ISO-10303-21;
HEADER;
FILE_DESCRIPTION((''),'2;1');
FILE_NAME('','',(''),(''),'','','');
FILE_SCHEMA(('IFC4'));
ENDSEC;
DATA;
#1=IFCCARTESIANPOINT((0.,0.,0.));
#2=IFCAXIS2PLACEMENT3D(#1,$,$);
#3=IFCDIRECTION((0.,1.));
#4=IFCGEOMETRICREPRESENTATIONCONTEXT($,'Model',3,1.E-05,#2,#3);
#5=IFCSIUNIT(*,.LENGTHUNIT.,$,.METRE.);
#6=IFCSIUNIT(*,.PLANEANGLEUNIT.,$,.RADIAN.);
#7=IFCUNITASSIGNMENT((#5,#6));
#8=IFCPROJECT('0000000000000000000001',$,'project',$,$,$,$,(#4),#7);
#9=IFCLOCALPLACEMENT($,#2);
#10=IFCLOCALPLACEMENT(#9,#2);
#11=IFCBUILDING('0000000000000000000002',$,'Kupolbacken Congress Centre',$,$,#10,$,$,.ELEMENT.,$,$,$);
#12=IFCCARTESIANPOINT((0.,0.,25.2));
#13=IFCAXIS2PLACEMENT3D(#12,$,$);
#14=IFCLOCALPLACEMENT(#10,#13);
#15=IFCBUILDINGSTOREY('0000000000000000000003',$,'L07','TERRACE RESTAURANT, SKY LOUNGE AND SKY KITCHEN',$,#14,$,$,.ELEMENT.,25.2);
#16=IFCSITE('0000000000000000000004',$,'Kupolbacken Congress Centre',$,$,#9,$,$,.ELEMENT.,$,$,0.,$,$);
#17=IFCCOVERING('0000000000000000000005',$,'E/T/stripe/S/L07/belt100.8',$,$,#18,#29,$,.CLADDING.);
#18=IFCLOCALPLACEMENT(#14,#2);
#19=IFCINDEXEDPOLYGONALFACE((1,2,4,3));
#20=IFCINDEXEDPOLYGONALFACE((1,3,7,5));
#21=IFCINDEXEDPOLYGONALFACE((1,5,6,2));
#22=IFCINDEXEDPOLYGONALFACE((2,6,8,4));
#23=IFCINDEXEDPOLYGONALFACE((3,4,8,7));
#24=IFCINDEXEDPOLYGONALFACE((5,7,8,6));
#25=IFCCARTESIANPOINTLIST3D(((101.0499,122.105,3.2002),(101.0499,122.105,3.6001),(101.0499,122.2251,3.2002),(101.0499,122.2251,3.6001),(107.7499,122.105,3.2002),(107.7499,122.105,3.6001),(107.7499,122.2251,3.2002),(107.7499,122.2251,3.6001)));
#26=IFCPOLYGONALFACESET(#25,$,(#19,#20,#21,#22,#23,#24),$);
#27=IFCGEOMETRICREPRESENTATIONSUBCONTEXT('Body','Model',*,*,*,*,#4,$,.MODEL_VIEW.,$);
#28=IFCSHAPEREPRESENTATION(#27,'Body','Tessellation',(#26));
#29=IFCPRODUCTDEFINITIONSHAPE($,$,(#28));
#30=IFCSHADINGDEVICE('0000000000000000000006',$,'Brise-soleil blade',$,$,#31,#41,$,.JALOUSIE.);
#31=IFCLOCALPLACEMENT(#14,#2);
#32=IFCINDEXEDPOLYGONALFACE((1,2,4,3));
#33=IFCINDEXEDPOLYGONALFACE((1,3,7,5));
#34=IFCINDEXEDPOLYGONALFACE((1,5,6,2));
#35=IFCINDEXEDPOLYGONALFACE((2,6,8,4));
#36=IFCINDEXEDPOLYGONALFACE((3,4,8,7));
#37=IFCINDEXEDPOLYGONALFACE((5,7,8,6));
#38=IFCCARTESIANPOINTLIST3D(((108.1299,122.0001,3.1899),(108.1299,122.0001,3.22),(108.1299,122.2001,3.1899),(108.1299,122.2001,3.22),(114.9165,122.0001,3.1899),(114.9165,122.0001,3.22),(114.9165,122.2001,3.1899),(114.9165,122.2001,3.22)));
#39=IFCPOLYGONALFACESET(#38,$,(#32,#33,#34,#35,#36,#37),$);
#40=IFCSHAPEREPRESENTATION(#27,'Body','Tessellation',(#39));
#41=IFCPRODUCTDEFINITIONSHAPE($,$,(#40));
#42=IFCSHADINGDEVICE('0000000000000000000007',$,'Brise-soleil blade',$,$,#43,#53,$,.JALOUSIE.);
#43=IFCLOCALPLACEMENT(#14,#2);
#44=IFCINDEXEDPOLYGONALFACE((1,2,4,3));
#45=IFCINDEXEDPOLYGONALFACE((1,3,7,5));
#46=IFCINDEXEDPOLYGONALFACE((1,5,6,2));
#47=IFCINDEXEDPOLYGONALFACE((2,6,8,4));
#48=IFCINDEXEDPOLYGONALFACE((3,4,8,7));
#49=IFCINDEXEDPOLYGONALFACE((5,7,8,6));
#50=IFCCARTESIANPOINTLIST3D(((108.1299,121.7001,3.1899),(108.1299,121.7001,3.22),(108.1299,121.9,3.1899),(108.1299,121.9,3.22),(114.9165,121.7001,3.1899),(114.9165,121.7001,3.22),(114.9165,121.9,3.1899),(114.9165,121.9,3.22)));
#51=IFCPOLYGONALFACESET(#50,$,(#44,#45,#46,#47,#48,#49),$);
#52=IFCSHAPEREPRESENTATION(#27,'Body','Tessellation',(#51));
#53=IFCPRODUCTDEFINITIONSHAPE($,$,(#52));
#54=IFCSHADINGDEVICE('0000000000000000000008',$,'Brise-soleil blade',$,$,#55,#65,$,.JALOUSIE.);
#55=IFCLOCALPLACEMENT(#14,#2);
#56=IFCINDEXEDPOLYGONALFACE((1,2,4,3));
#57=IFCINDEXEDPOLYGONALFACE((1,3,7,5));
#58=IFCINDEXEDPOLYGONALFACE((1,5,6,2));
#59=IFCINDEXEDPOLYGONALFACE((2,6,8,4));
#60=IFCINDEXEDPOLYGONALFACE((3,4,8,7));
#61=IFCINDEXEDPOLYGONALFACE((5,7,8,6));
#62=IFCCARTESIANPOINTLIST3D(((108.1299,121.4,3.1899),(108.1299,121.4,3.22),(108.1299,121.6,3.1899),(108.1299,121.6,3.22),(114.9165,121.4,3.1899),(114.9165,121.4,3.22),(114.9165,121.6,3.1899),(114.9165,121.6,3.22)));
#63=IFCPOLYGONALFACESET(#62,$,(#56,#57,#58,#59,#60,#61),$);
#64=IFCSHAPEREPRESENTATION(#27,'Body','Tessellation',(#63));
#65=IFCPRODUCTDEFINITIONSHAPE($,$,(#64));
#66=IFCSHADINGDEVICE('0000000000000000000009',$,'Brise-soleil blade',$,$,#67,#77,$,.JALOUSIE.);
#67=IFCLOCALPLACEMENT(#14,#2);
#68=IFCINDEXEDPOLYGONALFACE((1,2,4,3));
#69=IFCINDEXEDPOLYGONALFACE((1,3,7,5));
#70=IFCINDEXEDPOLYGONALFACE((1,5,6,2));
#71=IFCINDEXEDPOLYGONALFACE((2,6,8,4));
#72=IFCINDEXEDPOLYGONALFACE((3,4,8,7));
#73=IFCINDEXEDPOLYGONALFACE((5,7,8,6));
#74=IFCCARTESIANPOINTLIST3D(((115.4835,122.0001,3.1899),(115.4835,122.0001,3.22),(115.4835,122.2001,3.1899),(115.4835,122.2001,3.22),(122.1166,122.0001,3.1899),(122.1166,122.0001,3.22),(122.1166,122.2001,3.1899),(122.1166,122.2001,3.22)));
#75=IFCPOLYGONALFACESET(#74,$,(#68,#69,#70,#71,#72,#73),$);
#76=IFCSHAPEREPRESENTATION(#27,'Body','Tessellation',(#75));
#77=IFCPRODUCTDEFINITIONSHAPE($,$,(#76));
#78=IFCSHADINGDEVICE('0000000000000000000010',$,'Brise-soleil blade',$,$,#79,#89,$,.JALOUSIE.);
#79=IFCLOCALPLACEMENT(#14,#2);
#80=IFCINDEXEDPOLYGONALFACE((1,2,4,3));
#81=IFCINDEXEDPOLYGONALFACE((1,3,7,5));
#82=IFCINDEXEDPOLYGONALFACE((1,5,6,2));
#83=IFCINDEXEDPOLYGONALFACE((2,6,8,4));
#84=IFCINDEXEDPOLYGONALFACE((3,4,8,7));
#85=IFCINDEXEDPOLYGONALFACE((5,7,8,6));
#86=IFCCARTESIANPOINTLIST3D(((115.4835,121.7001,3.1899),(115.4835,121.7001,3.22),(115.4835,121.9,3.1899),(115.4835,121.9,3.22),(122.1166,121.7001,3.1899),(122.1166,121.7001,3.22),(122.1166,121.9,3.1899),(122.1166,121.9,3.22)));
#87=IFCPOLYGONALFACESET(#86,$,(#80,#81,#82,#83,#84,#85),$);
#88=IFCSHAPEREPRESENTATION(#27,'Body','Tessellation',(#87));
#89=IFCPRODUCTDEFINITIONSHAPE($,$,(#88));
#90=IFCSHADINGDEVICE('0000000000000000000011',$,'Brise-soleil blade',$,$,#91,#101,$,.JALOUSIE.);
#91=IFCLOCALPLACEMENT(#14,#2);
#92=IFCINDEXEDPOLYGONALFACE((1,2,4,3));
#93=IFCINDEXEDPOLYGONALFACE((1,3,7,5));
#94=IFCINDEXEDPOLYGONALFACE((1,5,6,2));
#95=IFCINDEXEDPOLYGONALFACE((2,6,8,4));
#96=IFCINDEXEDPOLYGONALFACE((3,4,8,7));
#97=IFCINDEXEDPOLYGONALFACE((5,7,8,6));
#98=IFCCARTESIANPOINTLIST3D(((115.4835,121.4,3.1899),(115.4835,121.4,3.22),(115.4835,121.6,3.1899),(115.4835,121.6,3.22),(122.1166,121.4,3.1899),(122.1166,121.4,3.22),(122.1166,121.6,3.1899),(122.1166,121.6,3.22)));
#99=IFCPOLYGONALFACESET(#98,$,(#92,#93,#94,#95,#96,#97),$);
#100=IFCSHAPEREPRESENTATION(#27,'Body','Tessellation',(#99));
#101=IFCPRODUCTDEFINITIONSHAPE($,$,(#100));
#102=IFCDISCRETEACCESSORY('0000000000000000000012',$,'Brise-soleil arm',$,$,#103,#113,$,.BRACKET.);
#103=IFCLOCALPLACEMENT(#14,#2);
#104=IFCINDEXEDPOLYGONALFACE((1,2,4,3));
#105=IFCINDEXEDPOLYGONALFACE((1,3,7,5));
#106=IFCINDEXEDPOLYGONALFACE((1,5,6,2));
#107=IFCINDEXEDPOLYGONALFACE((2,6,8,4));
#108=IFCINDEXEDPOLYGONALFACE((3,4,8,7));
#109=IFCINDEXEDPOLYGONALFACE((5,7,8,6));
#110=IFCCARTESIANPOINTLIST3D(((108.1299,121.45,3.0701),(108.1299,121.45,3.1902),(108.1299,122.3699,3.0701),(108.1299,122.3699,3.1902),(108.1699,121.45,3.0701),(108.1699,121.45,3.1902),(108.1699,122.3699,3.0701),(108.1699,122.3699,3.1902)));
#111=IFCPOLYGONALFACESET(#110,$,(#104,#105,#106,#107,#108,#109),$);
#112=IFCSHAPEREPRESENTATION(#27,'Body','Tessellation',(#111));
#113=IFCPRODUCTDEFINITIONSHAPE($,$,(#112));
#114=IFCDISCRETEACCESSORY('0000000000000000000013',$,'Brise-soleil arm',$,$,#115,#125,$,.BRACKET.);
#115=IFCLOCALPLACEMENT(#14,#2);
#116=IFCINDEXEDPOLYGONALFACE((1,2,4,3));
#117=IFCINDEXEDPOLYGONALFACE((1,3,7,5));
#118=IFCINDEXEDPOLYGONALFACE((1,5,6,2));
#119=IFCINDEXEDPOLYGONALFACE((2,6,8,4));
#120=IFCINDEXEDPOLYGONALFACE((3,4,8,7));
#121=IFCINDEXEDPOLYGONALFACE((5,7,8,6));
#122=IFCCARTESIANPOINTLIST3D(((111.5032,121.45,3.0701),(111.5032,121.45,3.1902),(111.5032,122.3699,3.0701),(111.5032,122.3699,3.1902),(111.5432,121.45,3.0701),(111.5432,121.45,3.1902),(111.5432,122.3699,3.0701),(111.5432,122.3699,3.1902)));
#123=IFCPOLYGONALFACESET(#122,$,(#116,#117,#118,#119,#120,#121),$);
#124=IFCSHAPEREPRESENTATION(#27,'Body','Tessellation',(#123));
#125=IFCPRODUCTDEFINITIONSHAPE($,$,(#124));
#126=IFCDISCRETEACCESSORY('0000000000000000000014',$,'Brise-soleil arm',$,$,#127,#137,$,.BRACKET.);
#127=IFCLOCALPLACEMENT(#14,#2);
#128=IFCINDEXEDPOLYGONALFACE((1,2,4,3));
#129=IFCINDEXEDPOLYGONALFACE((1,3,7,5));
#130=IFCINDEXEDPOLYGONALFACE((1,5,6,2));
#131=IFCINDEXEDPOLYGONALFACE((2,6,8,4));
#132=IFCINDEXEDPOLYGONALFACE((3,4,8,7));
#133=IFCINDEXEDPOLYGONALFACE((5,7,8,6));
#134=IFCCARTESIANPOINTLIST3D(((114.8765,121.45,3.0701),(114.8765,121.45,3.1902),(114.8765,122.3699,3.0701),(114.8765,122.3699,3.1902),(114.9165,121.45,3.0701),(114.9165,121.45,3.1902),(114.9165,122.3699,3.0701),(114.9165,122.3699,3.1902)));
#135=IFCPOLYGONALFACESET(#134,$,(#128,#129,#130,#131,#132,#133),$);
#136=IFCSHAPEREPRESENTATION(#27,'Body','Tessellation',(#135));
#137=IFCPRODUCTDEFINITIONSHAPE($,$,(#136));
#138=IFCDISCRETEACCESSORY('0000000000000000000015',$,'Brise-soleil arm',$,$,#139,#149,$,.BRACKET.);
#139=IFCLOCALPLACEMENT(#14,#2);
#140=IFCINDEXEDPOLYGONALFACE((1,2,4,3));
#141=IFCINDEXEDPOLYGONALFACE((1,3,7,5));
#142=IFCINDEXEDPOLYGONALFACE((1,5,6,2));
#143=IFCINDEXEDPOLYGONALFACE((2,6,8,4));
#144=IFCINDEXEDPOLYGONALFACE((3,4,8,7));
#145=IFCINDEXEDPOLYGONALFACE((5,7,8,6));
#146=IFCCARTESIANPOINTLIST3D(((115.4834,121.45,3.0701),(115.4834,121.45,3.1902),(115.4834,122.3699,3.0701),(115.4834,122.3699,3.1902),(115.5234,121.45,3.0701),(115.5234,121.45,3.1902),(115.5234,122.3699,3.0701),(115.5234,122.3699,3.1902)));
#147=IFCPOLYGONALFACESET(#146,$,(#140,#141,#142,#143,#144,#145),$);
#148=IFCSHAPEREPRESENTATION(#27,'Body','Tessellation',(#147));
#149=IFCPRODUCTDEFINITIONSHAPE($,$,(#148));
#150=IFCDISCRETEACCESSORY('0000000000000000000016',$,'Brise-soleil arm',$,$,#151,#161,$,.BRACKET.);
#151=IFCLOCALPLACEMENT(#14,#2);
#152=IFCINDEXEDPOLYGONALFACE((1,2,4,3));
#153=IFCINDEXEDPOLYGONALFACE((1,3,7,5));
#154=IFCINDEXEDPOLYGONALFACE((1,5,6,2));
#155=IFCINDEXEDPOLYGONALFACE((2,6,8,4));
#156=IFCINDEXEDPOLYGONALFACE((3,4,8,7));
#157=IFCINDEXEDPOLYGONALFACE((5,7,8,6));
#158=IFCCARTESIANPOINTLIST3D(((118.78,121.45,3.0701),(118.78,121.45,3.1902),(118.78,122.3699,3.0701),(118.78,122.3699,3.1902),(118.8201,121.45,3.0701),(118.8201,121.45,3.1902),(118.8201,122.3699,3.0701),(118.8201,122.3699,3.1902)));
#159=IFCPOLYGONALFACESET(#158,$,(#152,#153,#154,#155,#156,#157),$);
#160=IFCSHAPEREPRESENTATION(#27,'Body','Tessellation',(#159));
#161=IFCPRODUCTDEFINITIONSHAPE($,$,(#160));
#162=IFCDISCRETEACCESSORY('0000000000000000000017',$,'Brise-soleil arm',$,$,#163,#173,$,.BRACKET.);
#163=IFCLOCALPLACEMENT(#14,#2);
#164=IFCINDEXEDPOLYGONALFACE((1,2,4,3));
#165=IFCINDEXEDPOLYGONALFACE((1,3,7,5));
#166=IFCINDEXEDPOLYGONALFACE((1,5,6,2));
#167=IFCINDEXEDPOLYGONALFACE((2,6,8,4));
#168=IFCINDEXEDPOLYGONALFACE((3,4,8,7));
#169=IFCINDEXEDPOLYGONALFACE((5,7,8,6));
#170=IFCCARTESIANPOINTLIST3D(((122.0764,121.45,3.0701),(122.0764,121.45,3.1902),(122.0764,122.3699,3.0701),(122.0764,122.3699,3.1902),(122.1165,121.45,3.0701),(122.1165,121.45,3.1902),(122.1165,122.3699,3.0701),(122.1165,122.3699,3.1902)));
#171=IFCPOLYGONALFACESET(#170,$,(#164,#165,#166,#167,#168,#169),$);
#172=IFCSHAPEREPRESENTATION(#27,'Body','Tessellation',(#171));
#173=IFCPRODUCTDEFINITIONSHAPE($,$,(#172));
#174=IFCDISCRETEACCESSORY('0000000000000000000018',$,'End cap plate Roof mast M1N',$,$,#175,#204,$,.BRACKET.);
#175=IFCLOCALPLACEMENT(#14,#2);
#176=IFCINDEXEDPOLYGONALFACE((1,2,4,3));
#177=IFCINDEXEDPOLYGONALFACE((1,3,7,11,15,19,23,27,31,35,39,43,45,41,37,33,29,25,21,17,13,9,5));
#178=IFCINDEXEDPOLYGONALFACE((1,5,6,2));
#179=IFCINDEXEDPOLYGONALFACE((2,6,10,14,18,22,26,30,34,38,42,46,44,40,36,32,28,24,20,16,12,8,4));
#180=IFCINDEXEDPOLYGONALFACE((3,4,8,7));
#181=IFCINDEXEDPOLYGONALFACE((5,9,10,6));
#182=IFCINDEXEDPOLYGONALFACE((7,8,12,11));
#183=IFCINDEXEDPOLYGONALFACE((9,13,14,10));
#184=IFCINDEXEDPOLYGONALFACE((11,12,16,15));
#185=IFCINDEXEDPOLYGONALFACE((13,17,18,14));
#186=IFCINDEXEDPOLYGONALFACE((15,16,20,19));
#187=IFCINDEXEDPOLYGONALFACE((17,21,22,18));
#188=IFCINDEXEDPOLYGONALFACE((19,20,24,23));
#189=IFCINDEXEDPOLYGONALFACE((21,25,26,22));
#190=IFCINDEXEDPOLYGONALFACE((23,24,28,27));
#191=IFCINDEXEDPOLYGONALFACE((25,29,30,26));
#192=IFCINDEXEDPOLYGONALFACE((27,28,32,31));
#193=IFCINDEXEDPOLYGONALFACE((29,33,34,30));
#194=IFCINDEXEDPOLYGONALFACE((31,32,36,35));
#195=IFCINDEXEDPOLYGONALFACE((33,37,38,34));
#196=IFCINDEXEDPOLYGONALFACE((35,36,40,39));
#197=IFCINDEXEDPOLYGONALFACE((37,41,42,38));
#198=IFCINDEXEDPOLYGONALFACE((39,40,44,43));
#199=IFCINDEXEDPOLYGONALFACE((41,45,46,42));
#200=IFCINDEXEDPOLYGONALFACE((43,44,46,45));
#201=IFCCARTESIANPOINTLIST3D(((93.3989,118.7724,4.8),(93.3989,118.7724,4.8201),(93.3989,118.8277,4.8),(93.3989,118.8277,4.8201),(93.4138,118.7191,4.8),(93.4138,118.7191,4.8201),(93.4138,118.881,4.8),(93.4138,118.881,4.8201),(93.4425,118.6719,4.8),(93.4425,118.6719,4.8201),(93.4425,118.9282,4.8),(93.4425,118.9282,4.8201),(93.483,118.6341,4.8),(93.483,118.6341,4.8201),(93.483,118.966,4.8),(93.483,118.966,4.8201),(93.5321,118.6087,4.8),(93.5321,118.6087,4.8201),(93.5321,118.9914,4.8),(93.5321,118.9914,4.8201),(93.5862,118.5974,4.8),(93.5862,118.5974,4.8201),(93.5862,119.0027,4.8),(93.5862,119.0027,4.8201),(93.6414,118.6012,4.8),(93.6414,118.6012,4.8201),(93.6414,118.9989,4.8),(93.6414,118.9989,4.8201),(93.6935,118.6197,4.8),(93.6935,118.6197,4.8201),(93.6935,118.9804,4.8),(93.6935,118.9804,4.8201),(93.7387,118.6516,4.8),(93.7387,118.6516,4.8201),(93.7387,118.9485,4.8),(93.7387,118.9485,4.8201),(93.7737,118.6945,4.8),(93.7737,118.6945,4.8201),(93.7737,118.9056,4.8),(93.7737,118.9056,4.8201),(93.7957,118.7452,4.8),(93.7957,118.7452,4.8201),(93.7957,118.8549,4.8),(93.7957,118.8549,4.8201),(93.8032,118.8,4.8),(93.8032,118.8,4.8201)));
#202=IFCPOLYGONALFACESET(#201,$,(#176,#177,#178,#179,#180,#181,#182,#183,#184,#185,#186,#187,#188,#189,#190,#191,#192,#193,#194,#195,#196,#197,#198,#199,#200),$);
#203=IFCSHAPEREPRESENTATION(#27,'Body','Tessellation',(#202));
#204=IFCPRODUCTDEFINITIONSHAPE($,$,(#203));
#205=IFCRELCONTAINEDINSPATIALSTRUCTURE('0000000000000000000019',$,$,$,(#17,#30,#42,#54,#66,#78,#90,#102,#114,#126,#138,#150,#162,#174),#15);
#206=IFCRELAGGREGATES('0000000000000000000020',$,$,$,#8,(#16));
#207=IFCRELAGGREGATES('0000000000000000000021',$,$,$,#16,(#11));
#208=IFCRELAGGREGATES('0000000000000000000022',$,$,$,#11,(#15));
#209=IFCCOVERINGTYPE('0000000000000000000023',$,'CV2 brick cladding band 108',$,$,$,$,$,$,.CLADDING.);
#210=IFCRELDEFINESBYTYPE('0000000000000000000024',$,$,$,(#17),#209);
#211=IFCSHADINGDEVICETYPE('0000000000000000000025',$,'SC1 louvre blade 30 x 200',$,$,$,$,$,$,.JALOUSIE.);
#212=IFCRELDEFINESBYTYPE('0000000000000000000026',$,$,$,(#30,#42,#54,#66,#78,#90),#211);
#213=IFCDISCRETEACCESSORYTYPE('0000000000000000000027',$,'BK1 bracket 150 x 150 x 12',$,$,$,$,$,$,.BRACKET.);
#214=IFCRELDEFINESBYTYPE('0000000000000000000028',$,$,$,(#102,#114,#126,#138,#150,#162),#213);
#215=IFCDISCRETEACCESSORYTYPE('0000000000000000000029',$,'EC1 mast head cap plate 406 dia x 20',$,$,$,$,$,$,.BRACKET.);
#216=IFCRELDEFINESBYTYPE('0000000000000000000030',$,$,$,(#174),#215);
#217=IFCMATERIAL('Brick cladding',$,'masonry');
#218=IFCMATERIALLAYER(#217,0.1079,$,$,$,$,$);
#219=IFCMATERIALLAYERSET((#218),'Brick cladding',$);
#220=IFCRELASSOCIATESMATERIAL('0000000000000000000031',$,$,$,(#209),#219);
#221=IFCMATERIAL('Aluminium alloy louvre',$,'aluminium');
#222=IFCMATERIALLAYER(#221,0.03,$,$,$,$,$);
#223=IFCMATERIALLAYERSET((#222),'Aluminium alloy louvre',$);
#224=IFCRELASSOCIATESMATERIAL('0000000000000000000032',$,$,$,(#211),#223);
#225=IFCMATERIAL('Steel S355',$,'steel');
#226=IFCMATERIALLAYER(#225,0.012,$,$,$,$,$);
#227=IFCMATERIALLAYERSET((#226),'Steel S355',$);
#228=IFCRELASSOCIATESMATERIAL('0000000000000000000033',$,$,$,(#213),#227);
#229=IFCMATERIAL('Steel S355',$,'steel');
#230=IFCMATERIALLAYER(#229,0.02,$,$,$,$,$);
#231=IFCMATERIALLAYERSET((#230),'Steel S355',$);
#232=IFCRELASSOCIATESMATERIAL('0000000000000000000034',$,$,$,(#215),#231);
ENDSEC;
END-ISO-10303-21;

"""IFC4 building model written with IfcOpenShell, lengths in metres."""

from ifc_helpers import new_model, si_unit, direction, frame, origin, origin_2d, place, context, subcontext, project, spatial, rectangle, circle, extrude, material, layer, layer_set, type_object, element, save


model = new_model("IFC4")

# Units and contexts
model_context = context("Model", 3, precision=1e-05, world=origin(), true_north=direction((0.0, 1.0)))
body_context = subcontext(model_context, "Body", "Model", "MODEL_VIEW")
ifc_project = project(units=[si_unit("LENGTHUNIT", "METRE"), si_unit("PLANEANGLEUNIT", "RADIAN")], contexts=[model_context])

# Site, building, storey
site_placement = place(None, origin())
site = spatial("IfcSite", under=ifc_project, at=site_placement, Name="Kupolbacken Congress Centre", CompositionType="ELEMENT", RefElevation=0.0)
building_placement = place(site_placement, origin())
building = spatial("IfcBuilding", under=site, at=building_placement, Name="Kupolbacken Congress Centre", CompositionType="ELEMENT")
storey_placement = place(building_placement, frame((0.0, 0.0, 25.2)))
storey = spatial("IfcBuildingStorey", under=building, at=storey_placement, Name="L07", Description="TERRACE RESTAURANT, SKY LOUNGE AND SKY KITCHEN", CompositionType="ELEMENT", Elevation=25.2)

# Covering
ifc_material_1 = material(Name="Brick cladding", Category="masonry")
ifc_layer_1 = layer(ifc_material_1, 0.1079)
ifc_layer_set_1 = layer_set([ifc_layer_1], Name="Brick cladding")
covering_type_1 = type_object("IfcCoveringType", Name="CV2 brick cladding band 108", PredefinedType="CLADDING", material=ifc_layer_set_1)
for number, where, z_axis, x_axis, name in (
    (1, (104.3999, 122.165, 3.2002), (0.0, 0.0, 1.0), (1.0, 0.0, 0.0), "E/T/stripe/S/L07/belt100.8"),
):
    element("IfcCovering", number, at=place(storey_placement, frame(where, z_axis=z_axis, x_axis=x_axis)), inside=storey, type_object=covering_type_1, Name=name, PredefinedType="CLADDING", context=body_context, shape_type="SweptSolid", body=[
        extrude(rectangle(XDim=6.7, YDim=0.1201, at=origin_2d()), origin(), (0.0, 0.0, 1.0), 0.3999),
    ])

# Shading devices
ifc_material_2 = material(Name="Aluminium alloy louvre", Category="aluminium")
ifc_layer_2 = layer(ifc_material_2, 0.03)
ifc_layer_set_2 = layer_set([ifc_layer_2], Name="Aluminium alloy louvre")
shading_device_type = type_object("IfcShadingDeviceType", Name="SC1 louvre blade 30 x 200", PredefinedType="JALOUSIE", material=ifc_layer_set_2)
for number, where, z_axis, x_axis, name in (
    (2, (111.5232, 122.1001, 3.1899), (0.0, 0.0, 1.0), (1.0, 0.0, 0.0), "Brise-soleil blade"),
    (3, (111.5232, 121.8, 3.1899), (0.0, 0.0, 1.0), (1.0, 0.0, 0.0), "Brise-soleil blade"),
    (4, (111.5232, 121.5, 3.1899), (0.0, 0.0, 1.0), (1.0, 0.0, 0.0), "Brise-soleil blade"),
):
    element("IfcShadingDevice", number, at=place(storey_placement, frame(where, z_axis=z_axis, x_axis=x_axis)), inside=storey, type_object=shading_device_type, Name=name, PredefinedType="JALOUSIE", context=body_context, shape_type="SweptSolid", body=[
        extrude(rectangle(XDim=6.7866, YDim=0.2, at=origin_2d()), origin(), (0.0, 0.0, 1.0), 0.03),
    ])
for number, where, z_axis, x_axis, name in (
    (5, (118.8, 122.1001, 3.1899), (0.0, 0.0, 1.0), (1.0, 0.0, 0.0), "Brise-soleil blade"),
    (6, (118.8, 121.8, 3.1899), (0.0, 0.0, 1.0), (1.0, 0.0, 0.0), "Brise-soleil blade"),
    (7, (118.8, 121.5, 3.1899), (0.0, 0.0, 1.0), (1.0, 0.0, 0.0), "Brise-soleil blade"),
):
    element("IfcShadingDevice", number, at=place(storey_placement, frame(where, z_axis=z_axis, x_axis=x_axis)), inside=storey, type_object=shading_device_type, Name=name, PredefinedType="JALOUSIE", context=body_context, shape_type="SweptSolid", body=[
        extrude(rectangle(XDim=6.6331, YDim=0.2, at=origin_2d()), origin(), (0.0, 0.0, 1.0), 0.03),
    ])

# Discrete accessories
ifc_material_3 = material(Name="Steel S355", Category="steel")
ifc_layer_3 = layer(ifc_material_3, 0.012)
ifc_layer_set_3 = layer_set([ifc_layer_3], Name="Steel S355")
discrete_accessory_type_1 = type_object("IfcDiscreteAccessoryType", Name="BK1 bracket 150 x 150 x 12", PredefinedType="BRACKET", material=ifc_layer_set_3)
for number, where, z_axis, x_axis, name in (
    (8, (108.1499, 121.9099, 3.0701), (0.0, 0.0, 1.0), (1.0, 0.0, 0.0), "Brise-soleil arm"),
    (9, (111.5232, 121.9099, 3.0701), (0.0, 0.0, 1.0), (1.0, 0.0, 0.0), "Brise-soleil arm"),
    (10, (114.8965, 121.9099, 3.0701), (0.0, 0.0, 1.0), (1.0, 0.0, 0.0), "Brise-soleil arm"),
    (11, (115.5034, 121.9099, 3.0701), (0.0, 0.0, 1.0), (1.0, 0.0, 0.0), "Brise-soleil arm"),
    (12, (118.8, 121.9099, 3.0701), (0.0, 0.0, 1.0), (1.0, 0.0, 0.0), "Brise-soleil arm"),
    (13, (122.0964, 121.9099, 3.0701), (0.0, 0.0, 1.0), (1.0, 0.0, 0.0), "Brise-soleil arm"),
):
    element("IfcDiscreteAccessory", number, at=place(storey_placement, frame(where, z_axis=z_axis, x_axis=x_axis)), inside=storey, type_object=discrete_accessory_type_1, Name=name, PredefinedType="BRACKET", context=body_context, shape_type="SweptSolid", body=[
        extrude(rectangle(XDim=0.04, YDim=0.9199, at=origin_2d()), origin(), (0.0, 0.0, 1.0), 0.1201),
    ])
ifc_material_4 = material(Name="Steel S355", Category="steel")
ifc_layer_4 = layer(ifc_material_4, 0.02)
ifc_layer_set_4 = layer_set([ifc_layer_4], Name="Steel S355")
discrete_accessory_type_2 = type_object("IfcDiscreteAccessoryType", Name="EC1 mast head cap plate 406 dia x 20", PredefinedType="BRACKET", material=ifc_layer_set_4)
for number, where, z_axis, x_axis, name in (
    (14, (93.6001, 118.8, 4.8), (0.0, 0.0, 1.0), (1.0, 0.0, 0.0), "End cap plate Roof mast M1N"),
):
    element("IfcDiscreteAccessory", number, at=place(storey_placement, frame(where, z_axis=z_axis, x_axis=x_axis)), inside=storey, type_object=discrete_accessory_type_2, Name=name, PredefinedType="BRACKET", context=body_context, shape_type="SweptSolid", body=[
        extrude(circle(Radius=0.2031, at=origin_2d()), origin(), (0.0, 0.0, 1.0), 0.02),
    ])

save(model, "model.ifc")
